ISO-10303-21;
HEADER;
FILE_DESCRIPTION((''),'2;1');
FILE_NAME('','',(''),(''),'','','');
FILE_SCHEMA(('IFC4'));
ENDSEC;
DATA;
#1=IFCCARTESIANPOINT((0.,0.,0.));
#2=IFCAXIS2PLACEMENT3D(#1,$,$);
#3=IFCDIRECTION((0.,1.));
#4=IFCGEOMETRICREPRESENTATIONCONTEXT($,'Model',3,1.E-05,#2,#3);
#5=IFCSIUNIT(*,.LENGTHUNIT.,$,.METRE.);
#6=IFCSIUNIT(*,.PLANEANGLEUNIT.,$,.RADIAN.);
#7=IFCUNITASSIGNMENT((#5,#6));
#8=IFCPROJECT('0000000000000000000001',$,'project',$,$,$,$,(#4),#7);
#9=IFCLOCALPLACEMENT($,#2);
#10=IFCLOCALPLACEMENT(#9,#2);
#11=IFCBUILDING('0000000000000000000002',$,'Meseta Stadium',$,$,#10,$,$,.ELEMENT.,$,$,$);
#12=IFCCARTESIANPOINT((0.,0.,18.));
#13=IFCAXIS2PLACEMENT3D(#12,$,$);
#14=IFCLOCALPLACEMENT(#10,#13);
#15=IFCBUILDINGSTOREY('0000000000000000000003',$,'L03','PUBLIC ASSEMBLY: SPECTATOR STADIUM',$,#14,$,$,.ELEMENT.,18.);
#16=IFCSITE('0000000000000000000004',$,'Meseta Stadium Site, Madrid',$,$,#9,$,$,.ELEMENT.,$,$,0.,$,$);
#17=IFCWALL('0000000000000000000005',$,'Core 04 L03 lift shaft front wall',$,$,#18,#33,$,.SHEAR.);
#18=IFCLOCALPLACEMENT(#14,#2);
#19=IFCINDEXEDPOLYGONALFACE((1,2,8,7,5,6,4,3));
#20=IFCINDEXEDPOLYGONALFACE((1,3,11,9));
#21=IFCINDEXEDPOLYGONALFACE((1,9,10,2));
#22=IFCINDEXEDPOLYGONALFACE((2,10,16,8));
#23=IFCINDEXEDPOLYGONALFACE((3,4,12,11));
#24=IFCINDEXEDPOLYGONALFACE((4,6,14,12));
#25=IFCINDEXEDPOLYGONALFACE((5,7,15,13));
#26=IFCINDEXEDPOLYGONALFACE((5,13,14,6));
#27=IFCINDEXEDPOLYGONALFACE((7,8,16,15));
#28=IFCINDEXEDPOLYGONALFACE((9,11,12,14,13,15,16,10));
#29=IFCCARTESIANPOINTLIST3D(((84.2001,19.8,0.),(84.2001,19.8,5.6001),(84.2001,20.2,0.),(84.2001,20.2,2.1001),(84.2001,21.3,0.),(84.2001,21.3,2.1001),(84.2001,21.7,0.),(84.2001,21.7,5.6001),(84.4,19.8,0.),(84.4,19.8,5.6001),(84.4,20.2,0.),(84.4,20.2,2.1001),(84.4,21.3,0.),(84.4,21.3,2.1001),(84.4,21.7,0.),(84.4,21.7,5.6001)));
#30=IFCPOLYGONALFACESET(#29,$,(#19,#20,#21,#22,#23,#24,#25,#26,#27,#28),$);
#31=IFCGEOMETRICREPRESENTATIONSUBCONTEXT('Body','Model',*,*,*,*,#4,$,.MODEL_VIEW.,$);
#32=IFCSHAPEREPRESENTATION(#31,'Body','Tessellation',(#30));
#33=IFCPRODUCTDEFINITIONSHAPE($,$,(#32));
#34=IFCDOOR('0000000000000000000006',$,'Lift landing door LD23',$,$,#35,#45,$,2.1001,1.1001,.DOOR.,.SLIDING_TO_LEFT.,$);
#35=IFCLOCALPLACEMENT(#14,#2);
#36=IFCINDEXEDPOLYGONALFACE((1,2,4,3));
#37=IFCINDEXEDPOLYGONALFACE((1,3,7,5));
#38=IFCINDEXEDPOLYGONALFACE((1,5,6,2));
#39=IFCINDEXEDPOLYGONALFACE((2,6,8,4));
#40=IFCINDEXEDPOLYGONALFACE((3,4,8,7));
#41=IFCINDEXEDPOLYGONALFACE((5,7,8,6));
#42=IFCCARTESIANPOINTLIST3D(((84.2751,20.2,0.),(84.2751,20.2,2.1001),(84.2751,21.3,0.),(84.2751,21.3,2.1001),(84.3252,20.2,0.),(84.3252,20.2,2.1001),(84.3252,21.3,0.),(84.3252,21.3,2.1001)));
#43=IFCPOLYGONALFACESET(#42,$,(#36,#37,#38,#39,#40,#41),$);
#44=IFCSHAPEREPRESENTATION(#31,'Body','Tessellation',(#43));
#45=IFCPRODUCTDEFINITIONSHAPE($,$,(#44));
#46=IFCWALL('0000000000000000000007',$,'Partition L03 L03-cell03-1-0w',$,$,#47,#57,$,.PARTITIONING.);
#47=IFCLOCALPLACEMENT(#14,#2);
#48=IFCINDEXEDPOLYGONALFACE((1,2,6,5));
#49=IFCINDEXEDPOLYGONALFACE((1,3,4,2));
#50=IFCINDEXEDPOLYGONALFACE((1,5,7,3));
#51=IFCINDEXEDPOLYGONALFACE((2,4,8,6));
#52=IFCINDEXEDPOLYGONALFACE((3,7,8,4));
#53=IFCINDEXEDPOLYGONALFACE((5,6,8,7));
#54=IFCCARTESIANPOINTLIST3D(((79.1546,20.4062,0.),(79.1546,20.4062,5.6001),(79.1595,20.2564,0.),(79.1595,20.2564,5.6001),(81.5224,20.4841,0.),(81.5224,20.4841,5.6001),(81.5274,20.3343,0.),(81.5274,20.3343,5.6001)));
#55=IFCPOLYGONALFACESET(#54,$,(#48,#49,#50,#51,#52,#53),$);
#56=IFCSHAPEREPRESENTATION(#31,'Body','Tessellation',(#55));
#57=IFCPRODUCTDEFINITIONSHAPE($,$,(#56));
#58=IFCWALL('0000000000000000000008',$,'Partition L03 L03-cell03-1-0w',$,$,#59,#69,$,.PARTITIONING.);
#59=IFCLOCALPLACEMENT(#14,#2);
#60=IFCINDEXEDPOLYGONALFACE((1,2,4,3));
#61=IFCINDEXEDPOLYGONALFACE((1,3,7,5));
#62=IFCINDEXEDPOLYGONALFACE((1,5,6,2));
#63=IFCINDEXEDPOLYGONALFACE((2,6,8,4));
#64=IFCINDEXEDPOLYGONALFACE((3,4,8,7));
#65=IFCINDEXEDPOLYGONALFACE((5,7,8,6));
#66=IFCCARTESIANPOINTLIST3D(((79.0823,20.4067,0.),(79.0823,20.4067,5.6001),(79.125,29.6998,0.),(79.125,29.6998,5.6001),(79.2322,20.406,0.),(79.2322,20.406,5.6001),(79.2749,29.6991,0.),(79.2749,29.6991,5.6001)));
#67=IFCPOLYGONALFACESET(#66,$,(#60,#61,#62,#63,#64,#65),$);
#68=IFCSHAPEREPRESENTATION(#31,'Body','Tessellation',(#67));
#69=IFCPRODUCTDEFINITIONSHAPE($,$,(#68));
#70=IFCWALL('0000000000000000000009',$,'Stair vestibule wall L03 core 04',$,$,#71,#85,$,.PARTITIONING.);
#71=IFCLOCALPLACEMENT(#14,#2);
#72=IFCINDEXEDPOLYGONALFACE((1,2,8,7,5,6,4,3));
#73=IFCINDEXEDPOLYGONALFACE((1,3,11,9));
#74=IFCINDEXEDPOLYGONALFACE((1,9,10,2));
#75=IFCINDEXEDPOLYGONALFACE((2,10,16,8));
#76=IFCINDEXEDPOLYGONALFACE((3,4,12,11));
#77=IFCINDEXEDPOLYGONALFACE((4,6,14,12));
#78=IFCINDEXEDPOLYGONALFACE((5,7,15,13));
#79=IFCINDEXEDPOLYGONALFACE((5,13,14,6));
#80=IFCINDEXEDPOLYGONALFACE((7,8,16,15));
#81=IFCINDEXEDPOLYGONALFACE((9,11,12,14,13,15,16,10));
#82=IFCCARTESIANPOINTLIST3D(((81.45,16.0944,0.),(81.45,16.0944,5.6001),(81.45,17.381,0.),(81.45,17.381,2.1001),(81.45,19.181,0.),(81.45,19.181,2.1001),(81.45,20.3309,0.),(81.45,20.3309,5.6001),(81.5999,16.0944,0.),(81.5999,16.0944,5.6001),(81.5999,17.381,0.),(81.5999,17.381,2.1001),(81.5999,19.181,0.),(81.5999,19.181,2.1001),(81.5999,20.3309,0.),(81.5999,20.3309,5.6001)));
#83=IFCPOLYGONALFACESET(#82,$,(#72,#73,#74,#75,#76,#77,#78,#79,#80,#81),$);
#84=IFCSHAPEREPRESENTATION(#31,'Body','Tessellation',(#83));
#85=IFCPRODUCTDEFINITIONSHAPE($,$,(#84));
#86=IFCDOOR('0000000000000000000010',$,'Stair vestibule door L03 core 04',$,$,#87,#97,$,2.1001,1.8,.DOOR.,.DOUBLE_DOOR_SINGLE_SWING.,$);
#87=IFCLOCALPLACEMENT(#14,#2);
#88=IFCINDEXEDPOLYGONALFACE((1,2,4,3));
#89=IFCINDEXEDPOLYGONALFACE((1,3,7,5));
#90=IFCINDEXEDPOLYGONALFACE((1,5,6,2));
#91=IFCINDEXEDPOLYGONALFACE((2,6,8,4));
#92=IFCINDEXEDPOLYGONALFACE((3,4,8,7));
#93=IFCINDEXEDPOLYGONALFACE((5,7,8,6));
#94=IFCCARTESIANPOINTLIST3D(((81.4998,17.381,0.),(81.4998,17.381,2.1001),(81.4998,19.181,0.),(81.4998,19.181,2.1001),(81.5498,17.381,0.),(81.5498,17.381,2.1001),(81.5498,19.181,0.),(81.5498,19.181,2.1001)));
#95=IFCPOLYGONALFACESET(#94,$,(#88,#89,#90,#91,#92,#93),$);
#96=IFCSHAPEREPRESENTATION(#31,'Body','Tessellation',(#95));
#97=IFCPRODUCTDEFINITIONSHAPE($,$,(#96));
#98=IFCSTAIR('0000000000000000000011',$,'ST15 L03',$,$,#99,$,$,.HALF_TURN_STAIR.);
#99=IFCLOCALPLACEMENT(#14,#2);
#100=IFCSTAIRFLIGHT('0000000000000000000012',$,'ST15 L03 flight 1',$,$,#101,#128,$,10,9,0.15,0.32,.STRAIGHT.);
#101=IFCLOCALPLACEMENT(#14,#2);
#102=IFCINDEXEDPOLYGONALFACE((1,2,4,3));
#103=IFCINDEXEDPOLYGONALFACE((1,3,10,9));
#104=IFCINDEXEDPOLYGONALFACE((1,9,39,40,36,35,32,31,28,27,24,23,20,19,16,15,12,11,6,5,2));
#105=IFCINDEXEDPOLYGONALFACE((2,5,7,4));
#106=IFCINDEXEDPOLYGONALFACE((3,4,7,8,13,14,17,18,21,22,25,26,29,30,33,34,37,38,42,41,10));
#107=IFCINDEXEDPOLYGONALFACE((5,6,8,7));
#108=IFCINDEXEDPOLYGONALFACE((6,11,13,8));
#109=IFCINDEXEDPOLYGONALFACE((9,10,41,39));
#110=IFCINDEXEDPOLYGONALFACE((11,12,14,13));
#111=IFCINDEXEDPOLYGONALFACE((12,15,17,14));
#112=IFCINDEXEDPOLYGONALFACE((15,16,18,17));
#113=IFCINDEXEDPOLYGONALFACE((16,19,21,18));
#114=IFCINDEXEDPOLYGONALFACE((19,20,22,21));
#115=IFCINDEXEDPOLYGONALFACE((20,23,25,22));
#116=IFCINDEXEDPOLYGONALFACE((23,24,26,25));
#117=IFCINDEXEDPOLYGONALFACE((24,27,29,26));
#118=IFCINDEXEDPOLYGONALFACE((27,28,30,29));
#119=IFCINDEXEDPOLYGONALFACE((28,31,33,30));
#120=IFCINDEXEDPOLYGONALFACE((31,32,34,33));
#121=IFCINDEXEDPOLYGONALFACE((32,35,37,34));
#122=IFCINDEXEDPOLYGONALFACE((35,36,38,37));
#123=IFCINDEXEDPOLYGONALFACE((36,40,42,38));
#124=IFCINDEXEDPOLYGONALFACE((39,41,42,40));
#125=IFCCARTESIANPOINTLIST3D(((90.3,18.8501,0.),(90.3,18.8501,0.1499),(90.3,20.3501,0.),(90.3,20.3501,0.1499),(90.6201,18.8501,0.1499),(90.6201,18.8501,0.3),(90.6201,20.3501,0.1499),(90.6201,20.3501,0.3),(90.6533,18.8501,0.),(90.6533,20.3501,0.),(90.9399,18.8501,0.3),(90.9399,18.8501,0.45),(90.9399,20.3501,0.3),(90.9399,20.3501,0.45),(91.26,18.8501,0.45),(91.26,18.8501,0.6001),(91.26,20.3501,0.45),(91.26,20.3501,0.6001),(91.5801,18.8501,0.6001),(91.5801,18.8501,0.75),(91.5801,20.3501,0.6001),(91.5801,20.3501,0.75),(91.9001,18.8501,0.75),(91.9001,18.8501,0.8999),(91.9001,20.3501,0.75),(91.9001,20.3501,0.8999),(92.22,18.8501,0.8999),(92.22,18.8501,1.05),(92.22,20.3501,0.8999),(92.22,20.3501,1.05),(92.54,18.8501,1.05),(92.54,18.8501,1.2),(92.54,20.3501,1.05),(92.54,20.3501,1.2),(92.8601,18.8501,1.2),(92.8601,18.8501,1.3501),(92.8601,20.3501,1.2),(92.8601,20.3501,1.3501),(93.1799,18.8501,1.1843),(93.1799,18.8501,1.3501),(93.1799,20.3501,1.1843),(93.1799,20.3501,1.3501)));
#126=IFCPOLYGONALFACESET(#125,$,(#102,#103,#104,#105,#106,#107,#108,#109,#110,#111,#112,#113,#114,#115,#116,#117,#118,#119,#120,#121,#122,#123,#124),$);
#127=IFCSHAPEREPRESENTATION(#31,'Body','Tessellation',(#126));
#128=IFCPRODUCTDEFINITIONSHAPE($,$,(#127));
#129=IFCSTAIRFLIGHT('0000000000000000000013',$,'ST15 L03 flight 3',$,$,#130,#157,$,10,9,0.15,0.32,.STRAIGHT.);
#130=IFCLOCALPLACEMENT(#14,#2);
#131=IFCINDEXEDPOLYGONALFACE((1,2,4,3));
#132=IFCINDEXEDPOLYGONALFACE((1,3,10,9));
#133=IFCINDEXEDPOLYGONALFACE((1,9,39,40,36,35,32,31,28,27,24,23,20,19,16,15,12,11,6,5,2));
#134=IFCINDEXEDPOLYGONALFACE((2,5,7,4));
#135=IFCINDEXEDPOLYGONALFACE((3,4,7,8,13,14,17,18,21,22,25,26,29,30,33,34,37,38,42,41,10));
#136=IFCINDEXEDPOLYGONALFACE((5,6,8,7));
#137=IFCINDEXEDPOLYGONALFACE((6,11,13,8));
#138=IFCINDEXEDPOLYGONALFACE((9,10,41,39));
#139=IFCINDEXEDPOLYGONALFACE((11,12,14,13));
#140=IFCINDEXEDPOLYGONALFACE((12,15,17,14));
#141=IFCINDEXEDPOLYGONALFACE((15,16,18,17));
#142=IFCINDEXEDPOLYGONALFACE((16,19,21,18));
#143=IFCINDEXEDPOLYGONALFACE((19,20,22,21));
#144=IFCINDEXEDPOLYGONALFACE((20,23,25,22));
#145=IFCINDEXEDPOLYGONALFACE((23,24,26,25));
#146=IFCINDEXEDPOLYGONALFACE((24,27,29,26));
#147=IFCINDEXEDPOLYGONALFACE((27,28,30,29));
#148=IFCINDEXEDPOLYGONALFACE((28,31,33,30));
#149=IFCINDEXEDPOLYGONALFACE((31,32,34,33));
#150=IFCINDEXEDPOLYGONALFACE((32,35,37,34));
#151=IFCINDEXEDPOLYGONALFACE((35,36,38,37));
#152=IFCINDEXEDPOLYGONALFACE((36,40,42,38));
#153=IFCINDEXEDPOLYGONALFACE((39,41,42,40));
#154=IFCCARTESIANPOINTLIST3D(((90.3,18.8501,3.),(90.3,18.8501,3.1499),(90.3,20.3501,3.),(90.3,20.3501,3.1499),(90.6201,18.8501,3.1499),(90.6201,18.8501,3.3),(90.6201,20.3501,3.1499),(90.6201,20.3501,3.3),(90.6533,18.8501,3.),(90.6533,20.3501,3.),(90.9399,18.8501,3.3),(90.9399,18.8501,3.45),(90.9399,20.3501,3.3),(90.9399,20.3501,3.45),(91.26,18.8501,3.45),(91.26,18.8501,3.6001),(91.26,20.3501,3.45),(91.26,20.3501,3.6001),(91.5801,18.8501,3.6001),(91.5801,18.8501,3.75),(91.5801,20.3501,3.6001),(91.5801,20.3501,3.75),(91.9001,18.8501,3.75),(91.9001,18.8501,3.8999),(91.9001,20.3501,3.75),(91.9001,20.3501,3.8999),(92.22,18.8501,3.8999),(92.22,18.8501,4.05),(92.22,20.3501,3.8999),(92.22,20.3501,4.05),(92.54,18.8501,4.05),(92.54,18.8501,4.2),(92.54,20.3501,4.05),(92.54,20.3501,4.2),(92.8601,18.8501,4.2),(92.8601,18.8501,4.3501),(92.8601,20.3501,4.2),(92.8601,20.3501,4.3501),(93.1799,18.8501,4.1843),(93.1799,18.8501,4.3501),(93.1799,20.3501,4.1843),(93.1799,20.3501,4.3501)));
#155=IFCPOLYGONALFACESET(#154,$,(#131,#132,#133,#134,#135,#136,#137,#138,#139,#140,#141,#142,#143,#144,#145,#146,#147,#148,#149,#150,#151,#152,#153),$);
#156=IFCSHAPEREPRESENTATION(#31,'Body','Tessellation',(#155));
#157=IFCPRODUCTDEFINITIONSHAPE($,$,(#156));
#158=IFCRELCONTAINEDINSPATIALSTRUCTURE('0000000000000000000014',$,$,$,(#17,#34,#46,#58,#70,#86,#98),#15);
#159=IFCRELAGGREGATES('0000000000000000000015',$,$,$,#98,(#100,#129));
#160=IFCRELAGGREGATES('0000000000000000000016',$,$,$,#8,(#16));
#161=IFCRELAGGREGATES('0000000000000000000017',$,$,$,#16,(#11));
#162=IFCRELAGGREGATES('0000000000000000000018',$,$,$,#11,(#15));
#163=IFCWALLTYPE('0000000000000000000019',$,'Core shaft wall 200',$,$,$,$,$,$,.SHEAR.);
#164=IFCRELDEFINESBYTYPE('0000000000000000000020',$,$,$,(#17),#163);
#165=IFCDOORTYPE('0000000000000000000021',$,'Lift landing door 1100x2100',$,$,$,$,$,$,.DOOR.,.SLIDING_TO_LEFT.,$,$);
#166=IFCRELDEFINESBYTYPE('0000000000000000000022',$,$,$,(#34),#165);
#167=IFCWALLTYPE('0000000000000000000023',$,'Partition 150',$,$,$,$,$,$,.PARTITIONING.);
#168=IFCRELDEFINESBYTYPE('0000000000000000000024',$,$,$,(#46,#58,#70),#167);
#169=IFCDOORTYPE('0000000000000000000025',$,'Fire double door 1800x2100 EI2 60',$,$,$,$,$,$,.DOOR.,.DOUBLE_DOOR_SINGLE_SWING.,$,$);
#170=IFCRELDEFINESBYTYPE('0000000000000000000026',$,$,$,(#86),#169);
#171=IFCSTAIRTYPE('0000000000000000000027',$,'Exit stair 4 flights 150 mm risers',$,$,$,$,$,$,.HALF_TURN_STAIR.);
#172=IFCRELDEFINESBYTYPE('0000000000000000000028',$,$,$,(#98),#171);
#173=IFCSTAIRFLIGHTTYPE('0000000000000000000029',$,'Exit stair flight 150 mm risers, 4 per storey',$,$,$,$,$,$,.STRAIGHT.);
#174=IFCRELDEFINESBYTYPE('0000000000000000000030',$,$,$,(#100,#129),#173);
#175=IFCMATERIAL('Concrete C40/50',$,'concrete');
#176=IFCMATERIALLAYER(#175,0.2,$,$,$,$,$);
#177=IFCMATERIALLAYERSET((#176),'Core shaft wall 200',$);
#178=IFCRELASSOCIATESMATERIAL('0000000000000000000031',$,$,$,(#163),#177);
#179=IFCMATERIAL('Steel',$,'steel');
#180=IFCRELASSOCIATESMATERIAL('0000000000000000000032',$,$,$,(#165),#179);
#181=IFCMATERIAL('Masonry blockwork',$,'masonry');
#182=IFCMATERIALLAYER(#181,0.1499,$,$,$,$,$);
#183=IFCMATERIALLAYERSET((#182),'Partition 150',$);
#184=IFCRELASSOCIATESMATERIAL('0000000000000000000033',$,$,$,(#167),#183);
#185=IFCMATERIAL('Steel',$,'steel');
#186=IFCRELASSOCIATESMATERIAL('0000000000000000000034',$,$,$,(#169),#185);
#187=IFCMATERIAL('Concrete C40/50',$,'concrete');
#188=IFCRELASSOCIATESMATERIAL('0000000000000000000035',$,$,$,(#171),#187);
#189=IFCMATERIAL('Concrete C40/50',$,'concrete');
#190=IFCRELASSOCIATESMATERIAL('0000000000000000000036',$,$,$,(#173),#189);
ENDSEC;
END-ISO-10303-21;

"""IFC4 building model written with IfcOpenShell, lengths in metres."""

from ifc_helpers import new_model, si_unit, direction, frame, frame_2d, origin, place, context, subcontext, project, spatial, polyline, rectangle, outline, extrude, material, layer, layer_set, type_object, element, fill, aggregate, save


model = new_model("IFC4")

# Units and contexts
model_context = context("Model", 3, precision=1e-05, world=origin(), true_north=direction((0.0, 1.0)))
body_context = subcontext(model_context, "Body", "Model", "MODEL_VIEW")
ifc_project = project(units=[si_unit("LENGTHUNIT", "METRE"), si_unit("PLANEANGLEUNIT", "RADIAN")], contexts=[model_context])

# Site, building, storey
site_placement = place(None, origin())
site = spatial("IfcSite", under=ifc_project, at=site_placement, Name="Meseta Stadium Site, Madrid", CompositionType="ELEMENT", RefElevation=0.0)
building_placement = place(site_placement, origin())
building = spatial("IfcBuilding", under=site, at=building_placement, Name="Meseta Stadium", CompositionType="ELEMENT")
storey_placement = place(building_placement, frame((0.0, 0.0, 18.0)))
storey = spatial("IfcBuildingStorey", under=building, at=storey_placement, Name="L03", Description="PUBLIC ASSEMBLY: SPECTATOR STADIUM", CompositionType="ELEMENT", Elevation=18.0)

# Shared definitions
ifc_material_1 = material(Name="Concrete C40/50", Category="concrete")
ifc_layer_1 = layer(ifc_material_1, 0.2)
ifc_layer_set_1 = layer_set([ifc_layer_1], Name="Core shaft wall 200")
wall_type_1 = type_object("IfcWallType", Name="Core shaft wall 200", PredefinedType="SHEAR", material=ifc_layer_set_1)

# Wall, opening, door
wall_1_placement = place(storey_placement, frame((84.3, 19.8, 0.0), z_axis=(0.0, 0.0, 1.0), x_axis=(0.0, 1.0, 0.0)))
wall_1 = element("IfcWall", 1, at=wall_1_placement, inside=storey, type_object=wall_type_1, Name="Core 04 L03 lift shaft front wall", PredefinedType="SHEAR", context=body_context, shape_type="SweptSolid", body=[
    extrude(rectangle(XDim=1.8999, YDim=0.2, at=frame_2d((0.95, 0.0))), origin(), (0.0, 0.0, 1.0), 5.6001),
])
opening_1_placement = place(wall_1_placement, frame((0.3999, 0.0, 0.0)))
opening_1 = element("IfcOpeningElement", 2, at=opening_1_placement, cuts=wall_1, PredefinedType="OPENING", context=body_context, shape_type="SweptSolid", body=[
    extrude(rectangle(XDim=1.1001, YDim=2.1001, at=frame_2d((0.55, 1.05))), frame((0.0, 0.1099, 0.0), z_axis=(0.0, -1.0, 0.0), x_axis=(1.0, 0.0, 0.0)), (0.0, 0.0, 1.0), 0.22),
])
ifc_material_2 = material(Name="Steel", Category="steel")
door_type_1 = type_object("IfcDoorType", Name="Lift landing door 1100x2100", OperationType="SLIDING_TO_LEFT", PredefinedType="DOOR", material=ifc_material_2)
door_1_placement = place(opening_1_placement, origin())
door_1 = element("IfcDoor", 3, at=door_1_placement, inside=storey, type_object=door_type_1, Name="Lift landing door LD23", OperationType="SLIDING_TO_LEFT", OverallHeight=2.1001, OverallWidth=1.1001, PredefinedType="DOOR", context=body_context, shape_type="SweptSolid", body=[
    extrude(rectangle(XDim=1.1001, YDim=2.1001, at=frame_2d((0.55, 1.05))), frame((0.0, 0.0249, 0.0), z_axis=(0.0, -1.0, 0.0), x_axis=(1.0, 0.0, 0.0)), (0.0, 0.0, 1.0), 0.05),
])
fill(opening_1, door_1)

# Walls
ifc_material_3 = material(Name="Masonry blockwork", Category="masonry")
ifc_layer_2 = layer(ifc_material_3, 0.1499)
ifc_layer_set_2 = layer_set([ifc_layer_2], Name="Partition 150")
wall_type_2 = type_object("IfcWallType", Name="Partition 150", PredefinedType="PARTITIONING", material=ifc_layer_set_2)
wall_2_placement = place(storey_placement, frame((81.5249, 20.4092, 0.0), z_axis=(0.0, 0.0, 1.0), x_axis=(-0.99946, -0.032872, 0.0)))
element("IfcWall", 4, at=wall_2_placement, inside=storey, type_object=wall_type_2, Name="Partition L03 L03-cell03-1-0w", PredefinedType="PARTITIONING", context=body_context, shape_type="SweptSolid", body=[
    extrude(rectangle(XDim=2.3691, YDim=0.1499, at=frame_2d((1.1846, 0.0))), origin(), (0.0, 0.0, 1.0), 5.6001),
])
wall_3_placement = place(storey_placement, frame((79.1572, 20.4065, 0.0), z_axis=(0.0, 0.0, 1.0), x_axis=(0.004597, 0.999989, 0.0)))
element("IfcWall", 5, at=wall_3_placement, inside=storey, type_object=wall_type_2, Name="Partition L03 L03-cell03-1-0w", PredefinedType="PARTITIONING", context=body_context, shape_type="SweptSolid", body=[
    extrude(rectangle(XDim=9.2932, YDim=0.1499, at=frame_2d((4.6465, 0.0))), origin(), (0.0, 0.0, 1.0), 5.6001),
])

# Wall, opening, door
wall_4_placement = place(storey_placement, frame((81.5249, 20.3308, 0.0), z_axis=(0.0, 0.0, 1.0), x_axis=(0.0, -1.0, 0.0)))
wall_4 = element("IfcWall", 6, at=wall_4_placement, inside=storey, type_object=wall_type_2, Name="Stair vestibule wall L03 core 04", PredefinedType="PARTITIONING", context=body_context, shape_type="SweptSolid", body=[
    extrude(rectangle(XDim=4.2366, YDim=0.1499, at=frame_2d((2.1182, 0.0))), origin(), (0.0, 0.0, 1.0), 5.6001),
])
opening_2_placement = place(wall_4_placement, frame((1.1499, 0.0, 0.0)))
opening_2 = element("IfcOpeningElement", 7, at=opening_2_placement, cuts=wall_4, PredefinedType="OPENING", context=body_context, shape_type="SweptSolid", body=[
    extrude(rectangle(XDim=1.8, YDim=2.1001, at=frame_2d((0.8999, 1.05))), frame((0.0, 0.085, 0.0), z_axis=(0.0, -1.0, 0.0), x_axis=(1.0, 0.0, 0.0)), (0.0, 0.0, 1.0), 0.1699),
])
ifc_material_4 = material(Name="Steel", Category="steel")
door_type_2 = type_object("IfcDoorType", Name="Fire double door 1800x2100 EI2 60", OperationType="DOUBLE_DOOR_SINGLE_SWING", PredefinedType="DOOR", material=ifc_material_4)
door_2_placement = place(opening_2_placement, origin())
door_2 = element("IfcDoor", 8, at=door_2_placement, inside=storey, type_object=door_type_2, Name="Stair vestibule door L03 core 04", OperationType="DOUBLE_DOOR_SINGLE_SWING", OverallHeight=2.1001, OverallWidth=1.8, PredefinedType="DOOR", context=body_context, shape_type="SweptSolid", body=[
    extrude(rectangle(XDim=1.8, YDim=2.1001, at=frame_2d((0.8999, 1.05))), frame((0.0, 0.0249, 0.0), z_axis=(0.0, -1.0, 0.0), x_axis=(1.0, 0.0, 0.0)), (0.0, 0.0, 1.0), 0.05),
])
fill(opening_2, door_2)

# Stair, stair flights
ifc_material_5 = material(Name="Concrete C40/50", Category="concrete")
stair_type = type_object("IfcStairType", Name="Exit stair 4 flights 150 mm risers", PredefinedType="HALF_TURN_STAIR", material=ifc_material_5)
stair_placement = place(storey_placement, origin())
stair = element("IfcStair", 9, at=stair_placement, inside=storey, type_object=stair_type, Name="ST15 L03", PredefinedType="HALF_TURN_STAIR")
ifc_material_6 = material(Name="Concrete C40/50", Category="concrete")
stair_flight_type = type_object("IfcStairFlightType", Name="Exit stair flight 150 mm risers, 4 per storey", PredefinedType="STRAIGHT", material=ifc_material_6)
stair_flight_1_placement = place(storey_placement, frame((90.3, 19.6001, 0.0), z_axis=(0.0, 0.0, 1.0), x_axis=(1.0, 0.0, 0.0)))
stair_flight_1 = element("IfcStairFlight", 10, at=stair_flight_1_placement, type_object=stair_flight_type, Name="ST15 L03 flight 1", NumberOfRisers=10, NumberOfTreads=9, PredefinedType="STRAIGHT", RiserHeight=0.15, TreadLength=0.32, context=body_context, shape_type="SweptSolid", body=[
    extrude(outline(polyline([(0.0, 0.0), (0.0, 0.1499), (0.3201, 0.1499), (0.3201, 0.3), (0.6399, 0.3), (0.6399, 0.45), (0.96, 0.45), (0.96, 0.6001), (1.28, 0.6001), (1.28, 0.75), (1.6001, 0.75), (1.6001, 0.8999), (1.9199, 0.8999), (1.9199, 1.05), (2.24, 1.05), (2.24, 1.2), (2.5601, 1.2), (2.5601, 1.3501), (2.8799, 1.3501), (2.8799, 1.1843), (0.3533, 0.0), (0.0, 0.0)])), frame((0.0, 0.75, 0.0), z_axis=(0.0, -1.0, 0.0), x_axis=(1.0, 0.0, 0.0)), (0.0, 0.0, 1.0), 1.5),
])
stair_flight_2_placement = place(storey_placement, frame((90.3, 19.6001, 3.0), z_axis=(0.0, 0.0, 1.0), x_axis=(1.0, 0.0, 0.0)))
stair_flight_2 = element("IfcStairFlight", 11, at=stair_flight_2_placement, type_object=stair_flight_type, Name="ST15 L03 flight 3", NumberOfRisers=10, NumberOfTreads=9, PredefinedType="STRAIGHT", RiserHeight=0.15, TreadLength=0.32, context=body_context, shape_type="SweptSolid", body=[
    extrude(outline(polyline([(0.0, 0.0), (0.0, 0.1499), (0.3201, 0.1499), (0.3201, 0.3), (0.6399, 0.3), (0.6399, 0.45), (0.96, 0.45), (0.96, 0.6001), (1.28, 0.6001), (1.28, 0.75), (1.6001, 0.75), (1.6001, 0.8999), (1.9199, 0.8999), (1.9199, 1.05), (2.24, 1.05), (2.24, 1.2), (2.5601, 1.2), (2.5601, 1.3501), (2.8799, 1.3501), (2.8799, 1.1843), (0.3533, 0.0), (0.0, 0.0)])), frame((0.0, 0.75, 0.0), z_axis=(0.0, -1.0, 0.0), x_axis=(1.0, 0.0, 0.0)), (0.0, 0.0, 1.0), 1.5),
])
aggregate(stair, [stair_flight_1, stair_flight_2])

save(model, "model.ifc")
